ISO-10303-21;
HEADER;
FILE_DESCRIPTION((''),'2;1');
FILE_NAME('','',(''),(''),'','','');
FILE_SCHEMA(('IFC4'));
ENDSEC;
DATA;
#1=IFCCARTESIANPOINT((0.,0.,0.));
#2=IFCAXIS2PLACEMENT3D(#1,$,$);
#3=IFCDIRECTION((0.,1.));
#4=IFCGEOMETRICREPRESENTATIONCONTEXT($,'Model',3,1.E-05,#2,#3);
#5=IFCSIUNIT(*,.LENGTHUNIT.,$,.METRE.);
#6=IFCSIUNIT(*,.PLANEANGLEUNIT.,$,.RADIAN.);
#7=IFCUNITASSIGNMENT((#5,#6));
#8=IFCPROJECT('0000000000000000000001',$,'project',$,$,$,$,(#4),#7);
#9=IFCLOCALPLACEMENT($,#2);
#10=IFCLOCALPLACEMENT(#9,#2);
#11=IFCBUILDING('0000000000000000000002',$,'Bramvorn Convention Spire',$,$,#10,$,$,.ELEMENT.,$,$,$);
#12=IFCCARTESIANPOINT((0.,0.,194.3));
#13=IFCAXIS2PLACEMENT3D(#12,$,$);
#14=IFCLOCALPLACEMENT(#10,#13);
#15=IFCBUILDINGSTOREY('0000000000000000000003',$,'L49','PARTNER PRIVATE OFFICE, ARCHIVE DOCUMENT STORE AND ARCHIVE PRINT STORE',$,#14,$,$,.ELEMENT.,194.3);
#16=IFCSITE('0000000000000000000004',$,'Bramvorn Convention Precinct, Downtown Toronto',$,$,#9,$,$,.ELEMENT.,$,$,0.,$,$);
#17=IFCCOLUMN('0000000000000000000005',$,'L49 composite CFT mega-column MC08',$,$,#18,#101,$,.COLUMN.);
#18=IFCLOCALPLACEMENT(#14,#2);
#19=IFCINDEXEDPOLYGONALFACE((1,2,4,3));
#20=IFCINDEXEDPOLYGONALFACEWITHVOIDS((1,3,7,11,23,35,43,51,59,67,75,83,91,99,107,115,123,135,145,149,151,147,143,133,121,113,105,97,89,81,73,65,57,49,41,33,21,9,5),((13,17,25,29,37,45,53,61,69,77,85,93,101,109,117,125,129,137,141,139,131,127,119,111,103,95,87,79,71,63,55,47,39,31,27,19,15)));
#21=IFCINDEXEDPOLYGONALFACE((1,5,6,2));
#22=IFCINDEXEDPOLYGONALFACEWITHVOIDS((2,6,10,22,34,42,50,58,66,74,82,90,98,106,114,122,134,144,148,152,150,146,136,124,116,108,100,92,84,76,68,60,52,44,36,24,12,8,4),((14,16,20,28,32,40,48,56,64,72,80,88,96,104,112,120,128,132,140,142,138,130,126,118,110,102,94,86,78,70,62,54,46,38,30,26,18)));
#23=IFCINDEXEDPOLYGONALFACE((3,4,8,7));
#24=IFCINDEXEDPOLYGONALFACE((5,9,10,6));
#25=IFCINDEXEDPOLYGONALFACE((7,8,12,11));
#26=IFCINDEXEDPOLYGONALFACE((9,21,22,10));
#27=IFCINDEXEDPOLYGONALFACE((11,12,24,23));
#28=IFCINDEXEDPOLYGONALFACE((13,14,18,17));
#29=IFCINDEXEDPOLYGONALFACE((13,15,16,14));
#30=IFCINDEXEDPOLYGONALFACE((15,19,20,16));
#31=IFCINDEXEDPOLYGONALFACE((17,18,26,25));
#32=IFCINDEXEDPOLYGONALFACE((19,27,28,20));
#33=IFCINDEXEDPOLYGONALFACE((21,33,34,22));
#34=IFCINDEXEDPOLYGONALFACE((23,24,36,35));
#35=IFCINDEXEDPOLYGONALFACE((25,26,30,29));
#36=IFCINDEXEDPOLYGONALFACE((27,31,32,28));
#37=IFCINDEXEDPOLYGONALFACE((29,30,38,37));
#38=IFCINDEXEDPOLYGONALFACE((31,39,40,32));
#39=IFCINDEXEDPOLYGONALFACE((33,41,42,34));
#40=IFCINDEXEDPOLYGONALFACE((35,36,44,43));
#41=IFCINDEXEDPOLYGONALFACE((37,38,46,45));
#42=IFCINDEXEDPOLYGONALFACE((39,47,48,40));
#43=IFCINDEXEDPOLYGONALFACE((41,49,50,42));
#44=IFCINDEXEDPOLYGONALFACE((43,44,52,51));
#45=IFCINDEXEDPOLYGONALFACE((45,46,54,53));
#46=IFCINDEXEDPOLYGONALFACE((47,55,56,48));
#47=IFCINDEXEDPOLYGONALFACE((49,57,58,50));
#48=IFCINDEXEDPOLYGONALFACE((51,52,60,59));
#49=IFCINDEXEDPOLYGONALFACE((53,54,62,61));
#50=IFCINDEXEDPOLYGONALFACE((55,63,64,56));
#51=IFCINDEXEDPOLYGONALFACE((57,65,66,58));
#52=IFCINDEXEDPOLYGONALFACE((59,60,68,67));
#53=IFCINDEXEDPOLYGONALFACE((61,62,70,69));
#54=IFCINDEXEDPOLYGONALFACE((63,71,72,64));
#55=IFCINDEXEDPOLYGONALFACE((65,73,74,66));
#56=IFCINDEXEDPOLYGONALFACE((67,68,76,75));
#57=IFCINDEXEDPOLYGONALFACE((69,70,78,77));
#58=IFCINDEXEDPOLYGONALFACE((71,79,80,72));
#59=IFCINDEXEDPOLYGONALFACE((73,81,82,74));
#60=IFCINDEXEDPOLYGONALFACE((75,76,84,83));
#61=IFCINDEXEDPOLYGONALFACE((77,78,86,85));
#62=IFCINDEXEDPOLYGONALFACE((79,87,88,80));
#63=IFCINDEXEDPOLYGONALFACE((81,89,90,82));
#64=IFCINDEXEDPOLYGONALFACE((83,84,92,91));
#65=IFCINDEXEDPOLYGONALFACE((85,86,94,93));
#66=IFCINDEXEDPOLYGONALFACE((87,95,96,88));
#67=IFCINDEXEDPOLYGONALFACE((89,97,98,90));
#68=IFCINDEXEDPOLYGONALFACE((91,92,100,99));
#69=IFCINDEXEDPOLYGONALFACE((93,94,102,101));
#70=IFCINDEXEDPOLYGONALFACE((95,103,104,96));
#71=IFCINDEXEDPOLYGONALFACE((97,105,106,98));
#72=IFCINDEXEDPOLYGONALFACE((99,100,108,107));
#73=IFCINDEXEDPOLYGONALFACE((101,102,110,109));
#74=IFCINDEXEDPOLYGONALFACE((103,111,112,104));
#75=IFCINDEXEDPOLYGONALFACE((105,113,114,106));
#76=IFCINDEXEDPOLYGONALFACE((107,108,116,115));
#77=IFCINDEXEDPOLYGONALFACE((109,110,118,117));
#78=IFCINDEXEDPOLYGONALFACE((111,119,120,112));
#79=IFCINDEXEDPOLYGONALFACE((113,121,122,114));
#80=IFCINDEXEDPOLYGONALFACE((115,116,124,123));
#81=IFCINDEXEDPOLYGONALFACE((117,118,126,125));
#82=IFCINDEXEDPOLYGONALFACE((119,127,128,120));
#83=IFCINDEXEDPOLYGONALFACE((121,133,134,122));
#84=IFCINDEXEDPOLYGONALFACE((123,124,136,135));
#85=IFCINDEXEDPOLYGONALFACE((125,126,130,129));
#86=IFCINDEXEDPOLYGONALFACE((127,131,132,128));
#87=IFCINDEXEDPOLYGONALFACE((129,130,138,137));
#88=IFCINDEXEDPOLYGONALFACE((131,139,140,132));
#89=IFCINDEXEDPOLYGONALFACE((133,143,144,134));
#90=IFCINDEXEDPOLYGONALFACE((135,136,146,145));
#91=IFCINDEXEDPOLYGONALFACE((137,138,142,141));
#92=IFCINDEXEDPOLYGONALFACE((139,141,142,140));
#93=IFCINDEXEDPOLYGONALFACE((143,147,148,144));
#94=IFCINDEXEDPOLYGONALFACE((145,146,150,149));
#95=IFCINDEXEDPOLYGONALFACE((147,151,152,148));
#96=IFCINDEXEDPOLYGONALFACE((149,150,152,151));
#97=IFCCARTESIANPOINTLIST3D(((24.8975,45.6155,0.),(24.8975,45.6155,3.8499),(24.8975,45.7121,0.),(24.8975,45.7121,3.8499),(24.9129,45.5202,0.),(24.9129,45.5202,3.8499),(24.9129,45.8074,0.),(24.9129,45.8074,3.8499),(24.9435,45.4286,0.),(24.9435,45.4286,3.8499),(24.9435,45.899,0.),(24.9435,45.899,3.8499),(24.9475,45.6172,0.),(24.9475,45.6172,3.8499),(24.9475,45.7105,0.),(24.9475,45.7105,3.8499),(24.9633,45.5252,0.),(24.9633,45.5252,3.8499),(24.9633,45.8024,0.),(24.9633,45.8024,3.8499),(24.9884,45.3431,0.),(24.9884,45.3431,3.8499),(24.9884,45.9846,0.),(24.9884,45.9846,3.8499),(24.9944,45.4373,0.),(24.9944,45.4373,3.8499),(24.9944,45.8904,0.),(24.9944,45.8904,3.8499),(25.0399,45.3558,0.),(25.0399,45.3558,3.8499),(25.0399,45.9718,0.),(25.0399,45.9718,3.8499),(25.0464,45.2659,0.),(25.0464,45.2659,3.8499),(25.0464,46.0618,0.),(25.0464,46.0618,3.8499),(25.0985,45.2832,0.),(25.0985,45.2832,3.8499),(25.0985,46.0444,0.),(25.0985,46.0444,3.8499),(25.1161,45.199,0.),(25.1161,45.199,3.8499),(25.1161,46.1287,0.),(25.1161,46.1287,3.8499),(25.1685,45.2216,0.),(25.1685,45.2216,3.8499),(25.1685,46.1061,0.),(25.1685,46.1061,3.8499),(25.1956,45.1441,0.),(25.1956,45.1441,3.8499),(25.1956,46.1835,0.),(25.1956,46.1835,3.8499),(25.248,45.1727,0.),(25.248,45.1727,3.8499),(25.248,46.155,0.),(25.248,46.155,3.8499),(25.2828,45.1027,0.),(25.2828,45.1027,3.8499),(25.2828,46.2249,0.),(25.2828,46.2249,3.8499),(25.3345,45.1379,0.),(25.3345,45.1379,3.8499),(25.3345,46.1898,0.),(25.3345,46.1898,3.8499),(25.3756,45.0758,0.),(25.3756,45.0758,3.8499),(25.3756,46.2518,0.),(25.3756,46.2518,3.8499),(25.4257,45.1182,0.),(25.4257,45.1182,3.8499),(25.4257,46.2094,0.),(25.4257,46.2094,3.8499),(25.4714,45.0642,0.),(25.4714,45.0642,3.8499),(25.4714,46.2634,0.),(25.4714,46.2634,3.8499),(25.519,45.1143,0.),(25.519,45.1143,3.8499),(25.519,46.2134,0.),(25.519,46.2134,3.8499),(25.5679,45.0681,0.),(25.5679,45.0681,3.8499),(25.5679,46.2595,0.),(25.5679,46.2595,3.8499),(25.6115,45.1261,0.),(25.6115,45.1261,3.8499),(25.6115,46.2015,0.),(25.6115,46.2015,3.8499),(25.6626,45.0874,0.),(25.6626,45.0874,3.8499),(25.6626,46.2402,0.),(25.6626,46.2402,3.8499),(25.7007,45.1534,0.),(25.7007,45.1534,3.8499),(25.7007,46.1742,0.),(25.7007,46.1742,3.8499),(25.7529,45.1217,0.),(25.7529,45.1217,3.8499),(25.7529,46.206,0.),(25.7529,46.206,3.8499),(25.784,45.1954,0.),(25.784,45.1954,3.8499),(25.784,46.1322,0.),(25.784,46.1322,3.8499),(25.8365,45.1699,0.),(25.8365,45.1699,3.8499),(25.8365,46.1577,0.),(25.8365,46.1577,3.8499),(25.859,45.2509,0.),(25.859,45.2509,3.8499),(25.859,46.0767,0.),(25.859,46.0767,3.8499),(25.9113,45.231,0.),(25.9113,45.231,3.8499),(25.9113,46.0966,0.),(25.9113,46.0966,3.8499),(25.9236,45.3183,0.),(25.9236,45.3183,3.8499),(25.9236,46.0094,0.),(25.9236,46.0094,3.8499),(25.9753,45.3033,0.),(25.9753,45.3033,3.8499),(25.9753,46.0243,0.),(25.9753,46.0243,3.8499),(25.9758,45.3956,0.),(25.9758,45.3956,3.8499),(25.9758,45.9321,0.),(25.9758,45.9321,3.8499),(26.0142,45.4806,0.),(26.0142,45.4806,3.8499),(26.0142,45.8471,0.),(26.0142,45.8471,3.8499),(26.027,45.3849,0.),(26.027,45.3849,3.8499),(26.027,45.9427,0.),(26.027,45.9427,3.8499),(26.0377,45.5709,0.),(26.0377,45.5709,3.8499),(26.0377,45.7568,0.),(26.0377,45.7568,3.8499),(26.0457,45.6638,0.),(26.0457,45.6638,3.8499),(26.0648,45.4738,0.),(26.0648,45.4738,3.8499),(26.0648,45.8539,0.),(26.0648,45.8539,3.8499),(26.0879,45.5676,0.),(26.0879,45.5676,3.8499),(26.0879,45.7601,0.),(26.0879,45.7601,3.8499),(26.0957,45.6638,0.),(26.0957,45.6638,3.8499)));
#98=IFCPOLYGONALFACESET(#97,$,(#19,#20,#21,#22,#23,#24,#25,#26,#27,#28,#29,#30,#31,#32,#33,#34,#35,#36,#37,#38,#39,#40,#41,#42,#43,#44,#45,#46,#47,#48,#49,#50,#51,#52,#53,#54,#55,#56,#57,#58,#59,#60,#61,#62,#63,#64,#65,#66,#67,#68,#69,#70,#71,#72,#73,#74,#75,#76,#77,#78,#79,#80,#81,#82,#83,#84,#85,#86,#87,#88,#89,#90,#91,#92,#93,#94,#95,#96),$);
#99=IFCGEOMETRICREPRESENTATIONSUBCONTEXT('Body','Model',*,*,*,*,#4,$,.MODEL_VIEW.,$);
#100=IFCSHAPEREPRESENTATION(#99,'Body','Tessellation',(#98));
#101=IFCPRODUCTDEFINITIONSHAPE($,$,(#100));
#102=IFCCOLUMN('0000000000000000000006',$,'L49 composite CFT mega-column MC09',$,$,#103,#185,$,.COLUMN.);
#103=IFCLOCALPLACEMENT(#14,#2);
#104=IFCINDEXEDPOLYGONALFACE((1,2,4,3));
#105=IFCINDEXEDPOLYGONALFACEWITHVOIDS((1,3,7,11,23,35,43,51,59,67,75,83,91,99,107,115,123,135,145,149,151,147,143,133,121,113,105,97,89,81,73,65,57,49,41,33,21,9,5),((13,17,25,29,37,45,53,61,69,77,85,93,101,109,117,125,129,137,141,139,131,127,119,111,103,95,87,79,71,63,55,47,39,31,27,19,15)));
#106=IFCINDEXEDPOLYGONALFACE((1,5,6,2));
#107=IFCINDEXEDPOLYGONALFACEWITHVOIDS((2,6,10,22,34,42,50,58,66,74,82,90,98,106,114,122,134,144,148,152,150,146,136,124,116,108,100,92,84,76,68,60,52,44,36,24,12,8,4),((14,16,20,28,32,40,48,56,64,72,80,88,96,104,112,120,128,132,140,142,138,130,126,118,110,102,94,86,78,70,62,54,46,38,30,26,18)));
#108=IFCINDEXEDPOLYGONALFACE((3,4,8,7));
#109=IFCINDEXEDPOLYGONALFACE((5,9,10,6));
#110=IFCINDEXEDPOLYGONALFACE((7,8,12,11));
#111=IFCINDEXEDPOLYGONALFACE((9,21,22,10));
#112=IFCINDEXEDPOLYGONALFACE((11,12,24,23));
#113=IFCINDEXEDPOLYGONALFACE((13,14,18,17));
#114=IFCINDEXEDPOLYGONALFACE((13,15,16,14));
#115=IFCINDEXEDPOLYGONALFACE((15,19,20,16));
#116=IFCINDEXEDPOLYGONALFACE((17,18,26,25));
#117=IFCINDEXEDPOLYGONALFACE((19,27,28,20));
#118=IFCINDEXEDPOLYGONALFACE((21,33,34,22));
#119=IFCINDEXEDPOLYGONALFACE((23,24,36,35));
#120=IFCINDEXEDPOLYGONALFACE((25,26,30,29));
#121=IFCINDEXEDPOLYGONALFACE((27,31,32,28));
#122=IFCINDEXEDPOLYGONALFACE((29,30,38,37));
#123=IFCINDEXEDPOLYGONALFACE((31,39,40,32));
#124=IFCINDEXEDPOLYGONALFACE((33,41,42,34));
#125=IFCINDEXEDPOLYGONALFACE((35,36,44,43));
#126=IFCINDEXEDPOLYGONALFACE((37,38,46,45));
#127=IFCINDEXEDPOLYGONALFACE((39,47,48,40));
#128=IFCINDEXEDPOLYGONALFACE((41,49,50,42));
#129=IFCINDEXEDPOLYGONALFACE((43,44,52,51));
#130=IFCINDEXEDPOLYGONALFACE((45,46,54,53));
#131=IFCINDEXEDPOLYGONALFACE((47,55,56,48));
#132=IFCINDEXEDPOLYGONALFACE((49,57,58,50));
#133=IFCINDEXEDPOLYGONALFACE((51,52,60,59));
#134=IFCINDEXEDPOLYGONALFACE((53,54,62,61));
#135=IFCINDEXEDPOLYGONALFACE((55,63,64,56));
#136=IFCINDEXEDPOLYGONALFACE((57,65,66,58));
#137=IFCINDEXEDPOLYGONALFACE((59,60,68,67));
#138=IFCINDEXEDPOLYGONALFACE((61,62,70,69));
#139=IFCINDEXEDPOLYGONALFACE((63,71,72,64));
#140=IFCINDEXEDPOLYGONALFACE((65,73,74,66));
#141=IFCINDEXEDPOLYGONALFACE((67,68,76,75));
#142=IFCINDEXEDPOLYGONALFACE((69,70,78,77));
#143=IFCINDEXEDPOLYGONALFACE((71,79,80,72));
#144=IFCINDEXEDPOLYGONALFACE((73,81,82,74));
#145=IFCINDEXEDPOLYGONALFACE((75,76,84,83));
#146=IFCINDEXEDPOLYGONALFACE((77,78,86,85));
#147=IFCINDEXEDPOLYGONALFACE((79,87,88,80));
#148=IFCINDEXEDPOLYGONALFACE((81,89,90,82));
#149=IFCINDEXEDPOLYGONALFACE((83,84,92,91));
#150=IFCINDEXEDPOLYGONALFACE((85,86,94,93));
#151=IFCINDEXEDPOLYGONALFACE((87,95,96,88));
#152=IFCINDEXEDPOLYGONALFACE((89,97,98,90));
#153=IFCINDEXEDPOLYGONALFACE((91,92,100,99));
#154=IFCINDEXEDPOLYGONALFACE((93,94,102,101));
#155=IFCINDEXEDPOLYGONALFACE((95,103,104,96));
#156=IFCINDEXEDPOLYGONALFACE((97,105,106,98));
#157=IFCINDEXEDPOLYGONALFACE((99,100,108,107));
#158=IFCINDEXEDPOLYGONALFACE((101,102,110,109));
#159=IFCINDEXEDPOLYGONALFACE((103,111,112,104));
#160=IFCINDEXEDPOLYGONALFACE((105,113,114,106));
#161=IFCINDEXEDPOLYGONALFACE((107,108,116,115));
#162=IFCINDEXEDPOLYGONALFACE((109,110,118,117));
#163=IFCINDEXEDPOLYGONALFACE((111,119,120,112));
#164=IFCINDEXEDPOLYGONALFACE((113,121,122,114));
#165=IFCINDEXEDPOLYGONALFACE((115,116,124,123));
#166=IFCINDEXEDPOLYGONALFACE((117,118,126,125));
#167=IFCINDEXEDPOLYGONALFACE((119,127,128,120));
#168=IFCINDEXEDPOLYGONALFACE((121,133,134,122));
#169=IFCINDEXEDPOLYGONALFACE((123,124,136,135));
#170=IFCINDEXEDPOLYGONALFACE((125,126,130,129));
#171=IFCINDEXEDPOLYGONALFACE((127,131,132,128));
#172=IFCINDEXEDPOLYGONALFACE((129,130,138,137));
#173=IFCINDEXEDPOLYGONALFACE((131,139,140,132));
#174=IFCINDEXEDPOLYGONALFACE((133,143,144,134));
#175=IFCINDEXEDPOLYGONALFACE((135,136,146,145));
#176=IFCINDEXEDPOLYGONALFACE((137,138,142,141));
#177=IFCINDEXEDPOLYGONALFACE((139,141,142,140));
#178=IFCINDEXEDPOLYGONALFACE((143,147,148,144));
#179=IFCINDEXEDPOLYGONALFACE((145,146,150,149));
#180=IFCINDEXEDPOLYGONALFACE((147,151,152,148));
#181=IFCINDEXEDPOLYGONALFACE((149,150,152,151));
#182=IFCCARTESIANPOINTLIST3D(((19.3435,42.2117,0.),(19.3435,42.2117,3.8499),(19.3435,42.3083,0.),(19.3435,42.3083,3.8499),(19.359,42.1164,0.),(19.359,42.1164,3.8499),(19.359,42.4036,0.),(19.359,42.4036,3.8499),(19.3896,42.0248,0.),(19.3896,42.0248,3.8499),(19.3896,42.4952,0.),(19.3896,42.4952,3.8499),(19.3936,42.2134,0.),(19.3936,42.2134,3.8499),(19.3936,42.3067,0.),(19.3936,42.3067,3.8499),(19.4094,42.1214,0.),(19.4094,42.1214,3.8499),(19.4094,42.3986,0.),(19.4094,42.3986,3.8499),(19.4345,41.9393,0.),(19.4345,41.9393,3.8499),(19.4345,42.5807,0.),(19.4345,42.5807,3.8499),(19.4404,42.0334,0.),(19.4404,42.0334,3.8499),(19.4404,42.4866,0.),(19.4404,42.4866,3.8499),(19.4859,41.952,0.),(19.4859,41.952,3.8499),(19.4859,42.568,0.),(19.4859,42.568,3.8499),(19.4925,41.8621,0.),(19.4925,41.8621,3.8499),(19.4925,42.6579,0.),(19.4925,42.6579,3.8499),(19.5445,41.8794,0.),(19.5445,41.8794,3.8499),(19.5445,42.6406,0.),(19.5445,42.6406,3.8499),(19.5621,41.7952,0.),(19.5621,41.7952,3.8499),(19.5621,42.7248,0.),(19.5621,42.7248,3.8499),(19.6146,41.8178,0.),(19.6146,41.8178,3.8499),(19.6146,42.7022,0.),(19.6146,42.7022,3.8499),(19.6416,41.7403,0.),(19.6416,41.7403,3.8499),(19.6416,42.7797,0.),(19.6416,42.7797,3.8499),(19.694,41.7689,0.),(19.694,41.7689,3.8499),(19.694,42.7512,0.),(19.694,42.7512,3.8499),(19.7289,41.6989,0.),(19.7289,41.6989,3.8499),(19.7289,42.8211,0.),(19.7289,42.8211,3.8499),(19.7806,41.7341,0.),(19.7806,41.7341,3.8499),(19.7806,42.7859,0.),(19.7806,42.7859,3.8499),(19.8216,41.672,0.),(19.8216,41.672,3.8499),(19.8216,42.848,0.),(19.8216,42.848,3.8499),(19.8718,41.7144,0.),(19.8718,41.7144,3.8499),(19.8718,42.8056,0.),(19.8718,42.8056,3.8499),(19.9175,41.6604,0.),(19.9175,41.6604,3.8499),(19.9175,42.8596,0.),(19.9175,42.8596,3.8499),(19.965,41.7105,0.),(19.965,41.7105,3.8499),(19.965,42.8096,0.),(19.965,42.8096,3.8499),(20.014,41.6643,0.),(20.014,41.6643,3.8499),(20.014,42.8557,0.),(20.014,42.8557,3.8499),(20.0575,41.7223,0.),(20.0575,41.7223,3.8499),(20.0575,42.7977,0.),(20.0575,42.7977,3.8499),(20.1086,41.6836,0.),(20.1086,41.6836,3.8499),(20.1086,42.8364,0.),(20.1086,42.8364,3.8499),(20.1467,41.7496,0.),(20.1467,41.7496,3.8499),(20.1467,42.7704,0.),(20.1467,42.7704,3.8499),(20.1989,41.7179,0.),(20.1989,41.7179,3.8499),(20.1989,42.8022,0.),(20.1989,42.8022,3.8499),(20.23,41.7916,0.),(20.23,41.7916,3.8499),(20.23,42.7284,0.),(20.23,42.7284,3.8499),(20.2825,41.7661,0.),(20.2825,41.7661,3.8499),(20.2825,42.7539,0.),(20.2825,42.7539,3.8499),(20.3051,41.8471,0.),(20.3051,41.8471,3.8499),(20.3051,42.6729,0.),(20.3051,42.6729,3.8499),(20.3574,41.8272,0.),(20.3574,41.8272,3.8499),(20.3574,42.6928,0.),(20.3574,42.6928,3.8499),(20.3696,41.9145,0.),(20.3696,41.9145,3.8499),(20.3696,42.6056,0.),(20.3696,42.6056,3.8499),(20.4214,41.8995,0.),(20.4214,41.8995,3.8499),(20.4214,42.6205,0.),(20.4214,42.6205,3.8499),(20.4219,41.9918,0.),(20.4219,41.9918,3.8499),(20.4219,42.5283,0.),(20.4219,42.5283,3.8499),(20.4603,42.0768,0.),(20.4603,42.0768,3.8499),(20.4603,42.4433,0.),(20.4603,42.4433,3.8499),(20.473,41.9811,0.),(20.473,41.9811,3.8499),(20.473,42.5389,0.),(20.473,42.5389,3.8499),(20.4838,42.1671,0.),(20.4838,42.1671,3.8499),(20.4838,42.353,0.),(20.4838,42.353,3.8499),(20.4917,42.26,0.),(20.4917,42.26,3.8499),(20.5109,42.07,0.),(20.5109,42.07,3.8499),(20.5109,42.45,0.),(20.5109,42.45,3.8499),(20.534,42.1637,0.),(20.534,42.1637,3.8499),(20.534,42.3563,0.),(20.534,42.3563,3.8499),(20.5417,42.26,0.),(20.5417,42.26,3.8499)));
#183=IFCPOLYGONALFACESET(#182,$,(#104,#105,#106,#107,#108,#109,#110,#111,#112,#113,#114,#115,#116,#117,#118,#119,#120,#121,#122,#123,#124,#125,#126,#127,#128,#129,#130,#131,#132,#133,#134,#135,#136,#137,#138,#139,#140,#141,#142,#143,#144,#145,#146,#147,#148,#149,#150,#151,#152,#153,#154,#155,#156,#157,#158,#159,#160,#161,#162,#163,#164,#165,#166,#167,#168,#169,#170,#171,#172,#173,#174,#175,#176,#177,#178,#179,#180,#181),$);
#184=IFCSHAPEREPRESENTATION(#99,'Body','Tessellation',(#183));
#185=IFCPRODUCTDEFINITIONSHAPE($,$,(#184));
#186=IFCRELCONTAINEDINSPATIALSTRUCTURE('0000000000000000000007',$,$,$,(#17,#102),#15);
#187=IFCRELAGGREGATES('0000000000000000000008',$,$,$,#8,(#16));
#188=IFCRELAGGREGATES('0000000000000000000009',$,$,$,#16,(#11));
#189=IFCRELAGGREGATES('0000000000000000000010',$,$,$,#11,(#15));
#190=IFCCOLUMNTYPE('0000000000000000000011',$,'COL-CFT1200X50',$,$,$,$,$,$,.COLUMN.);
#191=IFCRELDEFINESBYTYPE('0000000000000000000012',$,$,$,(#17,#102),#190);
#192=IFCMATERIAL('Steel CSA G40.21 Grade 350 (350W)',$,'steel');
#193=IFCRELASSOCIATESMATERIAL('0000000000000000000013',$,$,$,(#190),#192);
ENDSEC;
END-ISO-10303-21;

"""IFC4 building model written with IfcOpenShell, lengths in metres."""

from ifc_helpers import new_model, si_unit, direction, frame, origin, origin_2d, place, context, subcontext, project, spatial, hollow_circle, extrude, material, material_profile, profile_set, type_object, element, save


model = new_model("IFC4")

# Units and contexts
model_context = context("Model", 3, precision=1e-05, world=origin(), true_north=direction((0.0, 1.0)))
body_context = subcontext(model_context, "Body", "Model", "MODEL_VIEW")
ifc_project = project(units=[si_unit("LENGTHUNIT", "METRE"), si_unit("PLANEANGLEUNIT", "RADIAN")], contexts=[model_context])

# Site, building, storey
site_placement = place(None, origin())
site = spatial("IfcSite", under=ifc_project, at=site_placement, Name="Bramvorn Convention Precinct, Downtown Toronto", CompositionType="ELEMENT", RefElevation=0.0)
building_placement = place(site_placement, origin())
building = spatial("IfcBuilding", under=site, at=building_placement, Name="Bramvorn Convention Spire", CompositionType="ELEMENT")
storey_placement = place(building_placement, frame((0.0, 0.0, 194.3)))
storey = spatial("IfcBuildingStorey", under=building, at=storey_placement, Name="L49", Description="PARTNER PRIVATE OFFICE, ARCHIVE DOCUMENT STORE AND ARCHIVE PRINT STORE", CompositionType="ELEMENT", Elevation=194.3)

# Columns
ifc_material_1 = material(Name="Steel CSA G40.21 Grade 350 (350W)", Category="steel")
ifc_material_profile_1 = material_profile(ifc_material_1, hollow_circle(Radius=0.6001, WallThickness=0.05, at=origin_2d()))
ifc_profile_set_1 = profile_set([ifc_material_profile_1], Name="Steel CSA G40.21 Grade 350 (350W) - CFT1200X50")
column_type = type_object("IfcColumnType", Name="COL-CFT1200X50", PredefinedType="COLUMN", material=ifc_profile_set_1)
for number, where, z_axis, x_axis, name in (
    (1, (25.4956, 45.6638, 0.0), (0.0, 0.0, 1.0), (1.0, 0.0, 0.0), "L49 composite CFT mega-column MC08"),
    (2, (19.9417, 42.26, 0.0), (0.0, 0.0, 1.0), (1.0, 0.0, 0.0), "L49 composite CFT mega-column MC09"),
):
    element("IfcColumn", number, at=place(storey_placement, frame(where, z_axis=z_axis, x_axis=x_axis)), inside=storey, type_object=column_type, Name=name, PredefinedType="COLUMN", context=body_context, shape_type="SweptSolid", body=[
        extrude(hollow_circle(Radius=0.6001, WallThickness=0.05, at=origin_2d()), origin(), (0.0, 0.0, 1.0), 3.8499),
    ])

save(model, "model.ifc")
